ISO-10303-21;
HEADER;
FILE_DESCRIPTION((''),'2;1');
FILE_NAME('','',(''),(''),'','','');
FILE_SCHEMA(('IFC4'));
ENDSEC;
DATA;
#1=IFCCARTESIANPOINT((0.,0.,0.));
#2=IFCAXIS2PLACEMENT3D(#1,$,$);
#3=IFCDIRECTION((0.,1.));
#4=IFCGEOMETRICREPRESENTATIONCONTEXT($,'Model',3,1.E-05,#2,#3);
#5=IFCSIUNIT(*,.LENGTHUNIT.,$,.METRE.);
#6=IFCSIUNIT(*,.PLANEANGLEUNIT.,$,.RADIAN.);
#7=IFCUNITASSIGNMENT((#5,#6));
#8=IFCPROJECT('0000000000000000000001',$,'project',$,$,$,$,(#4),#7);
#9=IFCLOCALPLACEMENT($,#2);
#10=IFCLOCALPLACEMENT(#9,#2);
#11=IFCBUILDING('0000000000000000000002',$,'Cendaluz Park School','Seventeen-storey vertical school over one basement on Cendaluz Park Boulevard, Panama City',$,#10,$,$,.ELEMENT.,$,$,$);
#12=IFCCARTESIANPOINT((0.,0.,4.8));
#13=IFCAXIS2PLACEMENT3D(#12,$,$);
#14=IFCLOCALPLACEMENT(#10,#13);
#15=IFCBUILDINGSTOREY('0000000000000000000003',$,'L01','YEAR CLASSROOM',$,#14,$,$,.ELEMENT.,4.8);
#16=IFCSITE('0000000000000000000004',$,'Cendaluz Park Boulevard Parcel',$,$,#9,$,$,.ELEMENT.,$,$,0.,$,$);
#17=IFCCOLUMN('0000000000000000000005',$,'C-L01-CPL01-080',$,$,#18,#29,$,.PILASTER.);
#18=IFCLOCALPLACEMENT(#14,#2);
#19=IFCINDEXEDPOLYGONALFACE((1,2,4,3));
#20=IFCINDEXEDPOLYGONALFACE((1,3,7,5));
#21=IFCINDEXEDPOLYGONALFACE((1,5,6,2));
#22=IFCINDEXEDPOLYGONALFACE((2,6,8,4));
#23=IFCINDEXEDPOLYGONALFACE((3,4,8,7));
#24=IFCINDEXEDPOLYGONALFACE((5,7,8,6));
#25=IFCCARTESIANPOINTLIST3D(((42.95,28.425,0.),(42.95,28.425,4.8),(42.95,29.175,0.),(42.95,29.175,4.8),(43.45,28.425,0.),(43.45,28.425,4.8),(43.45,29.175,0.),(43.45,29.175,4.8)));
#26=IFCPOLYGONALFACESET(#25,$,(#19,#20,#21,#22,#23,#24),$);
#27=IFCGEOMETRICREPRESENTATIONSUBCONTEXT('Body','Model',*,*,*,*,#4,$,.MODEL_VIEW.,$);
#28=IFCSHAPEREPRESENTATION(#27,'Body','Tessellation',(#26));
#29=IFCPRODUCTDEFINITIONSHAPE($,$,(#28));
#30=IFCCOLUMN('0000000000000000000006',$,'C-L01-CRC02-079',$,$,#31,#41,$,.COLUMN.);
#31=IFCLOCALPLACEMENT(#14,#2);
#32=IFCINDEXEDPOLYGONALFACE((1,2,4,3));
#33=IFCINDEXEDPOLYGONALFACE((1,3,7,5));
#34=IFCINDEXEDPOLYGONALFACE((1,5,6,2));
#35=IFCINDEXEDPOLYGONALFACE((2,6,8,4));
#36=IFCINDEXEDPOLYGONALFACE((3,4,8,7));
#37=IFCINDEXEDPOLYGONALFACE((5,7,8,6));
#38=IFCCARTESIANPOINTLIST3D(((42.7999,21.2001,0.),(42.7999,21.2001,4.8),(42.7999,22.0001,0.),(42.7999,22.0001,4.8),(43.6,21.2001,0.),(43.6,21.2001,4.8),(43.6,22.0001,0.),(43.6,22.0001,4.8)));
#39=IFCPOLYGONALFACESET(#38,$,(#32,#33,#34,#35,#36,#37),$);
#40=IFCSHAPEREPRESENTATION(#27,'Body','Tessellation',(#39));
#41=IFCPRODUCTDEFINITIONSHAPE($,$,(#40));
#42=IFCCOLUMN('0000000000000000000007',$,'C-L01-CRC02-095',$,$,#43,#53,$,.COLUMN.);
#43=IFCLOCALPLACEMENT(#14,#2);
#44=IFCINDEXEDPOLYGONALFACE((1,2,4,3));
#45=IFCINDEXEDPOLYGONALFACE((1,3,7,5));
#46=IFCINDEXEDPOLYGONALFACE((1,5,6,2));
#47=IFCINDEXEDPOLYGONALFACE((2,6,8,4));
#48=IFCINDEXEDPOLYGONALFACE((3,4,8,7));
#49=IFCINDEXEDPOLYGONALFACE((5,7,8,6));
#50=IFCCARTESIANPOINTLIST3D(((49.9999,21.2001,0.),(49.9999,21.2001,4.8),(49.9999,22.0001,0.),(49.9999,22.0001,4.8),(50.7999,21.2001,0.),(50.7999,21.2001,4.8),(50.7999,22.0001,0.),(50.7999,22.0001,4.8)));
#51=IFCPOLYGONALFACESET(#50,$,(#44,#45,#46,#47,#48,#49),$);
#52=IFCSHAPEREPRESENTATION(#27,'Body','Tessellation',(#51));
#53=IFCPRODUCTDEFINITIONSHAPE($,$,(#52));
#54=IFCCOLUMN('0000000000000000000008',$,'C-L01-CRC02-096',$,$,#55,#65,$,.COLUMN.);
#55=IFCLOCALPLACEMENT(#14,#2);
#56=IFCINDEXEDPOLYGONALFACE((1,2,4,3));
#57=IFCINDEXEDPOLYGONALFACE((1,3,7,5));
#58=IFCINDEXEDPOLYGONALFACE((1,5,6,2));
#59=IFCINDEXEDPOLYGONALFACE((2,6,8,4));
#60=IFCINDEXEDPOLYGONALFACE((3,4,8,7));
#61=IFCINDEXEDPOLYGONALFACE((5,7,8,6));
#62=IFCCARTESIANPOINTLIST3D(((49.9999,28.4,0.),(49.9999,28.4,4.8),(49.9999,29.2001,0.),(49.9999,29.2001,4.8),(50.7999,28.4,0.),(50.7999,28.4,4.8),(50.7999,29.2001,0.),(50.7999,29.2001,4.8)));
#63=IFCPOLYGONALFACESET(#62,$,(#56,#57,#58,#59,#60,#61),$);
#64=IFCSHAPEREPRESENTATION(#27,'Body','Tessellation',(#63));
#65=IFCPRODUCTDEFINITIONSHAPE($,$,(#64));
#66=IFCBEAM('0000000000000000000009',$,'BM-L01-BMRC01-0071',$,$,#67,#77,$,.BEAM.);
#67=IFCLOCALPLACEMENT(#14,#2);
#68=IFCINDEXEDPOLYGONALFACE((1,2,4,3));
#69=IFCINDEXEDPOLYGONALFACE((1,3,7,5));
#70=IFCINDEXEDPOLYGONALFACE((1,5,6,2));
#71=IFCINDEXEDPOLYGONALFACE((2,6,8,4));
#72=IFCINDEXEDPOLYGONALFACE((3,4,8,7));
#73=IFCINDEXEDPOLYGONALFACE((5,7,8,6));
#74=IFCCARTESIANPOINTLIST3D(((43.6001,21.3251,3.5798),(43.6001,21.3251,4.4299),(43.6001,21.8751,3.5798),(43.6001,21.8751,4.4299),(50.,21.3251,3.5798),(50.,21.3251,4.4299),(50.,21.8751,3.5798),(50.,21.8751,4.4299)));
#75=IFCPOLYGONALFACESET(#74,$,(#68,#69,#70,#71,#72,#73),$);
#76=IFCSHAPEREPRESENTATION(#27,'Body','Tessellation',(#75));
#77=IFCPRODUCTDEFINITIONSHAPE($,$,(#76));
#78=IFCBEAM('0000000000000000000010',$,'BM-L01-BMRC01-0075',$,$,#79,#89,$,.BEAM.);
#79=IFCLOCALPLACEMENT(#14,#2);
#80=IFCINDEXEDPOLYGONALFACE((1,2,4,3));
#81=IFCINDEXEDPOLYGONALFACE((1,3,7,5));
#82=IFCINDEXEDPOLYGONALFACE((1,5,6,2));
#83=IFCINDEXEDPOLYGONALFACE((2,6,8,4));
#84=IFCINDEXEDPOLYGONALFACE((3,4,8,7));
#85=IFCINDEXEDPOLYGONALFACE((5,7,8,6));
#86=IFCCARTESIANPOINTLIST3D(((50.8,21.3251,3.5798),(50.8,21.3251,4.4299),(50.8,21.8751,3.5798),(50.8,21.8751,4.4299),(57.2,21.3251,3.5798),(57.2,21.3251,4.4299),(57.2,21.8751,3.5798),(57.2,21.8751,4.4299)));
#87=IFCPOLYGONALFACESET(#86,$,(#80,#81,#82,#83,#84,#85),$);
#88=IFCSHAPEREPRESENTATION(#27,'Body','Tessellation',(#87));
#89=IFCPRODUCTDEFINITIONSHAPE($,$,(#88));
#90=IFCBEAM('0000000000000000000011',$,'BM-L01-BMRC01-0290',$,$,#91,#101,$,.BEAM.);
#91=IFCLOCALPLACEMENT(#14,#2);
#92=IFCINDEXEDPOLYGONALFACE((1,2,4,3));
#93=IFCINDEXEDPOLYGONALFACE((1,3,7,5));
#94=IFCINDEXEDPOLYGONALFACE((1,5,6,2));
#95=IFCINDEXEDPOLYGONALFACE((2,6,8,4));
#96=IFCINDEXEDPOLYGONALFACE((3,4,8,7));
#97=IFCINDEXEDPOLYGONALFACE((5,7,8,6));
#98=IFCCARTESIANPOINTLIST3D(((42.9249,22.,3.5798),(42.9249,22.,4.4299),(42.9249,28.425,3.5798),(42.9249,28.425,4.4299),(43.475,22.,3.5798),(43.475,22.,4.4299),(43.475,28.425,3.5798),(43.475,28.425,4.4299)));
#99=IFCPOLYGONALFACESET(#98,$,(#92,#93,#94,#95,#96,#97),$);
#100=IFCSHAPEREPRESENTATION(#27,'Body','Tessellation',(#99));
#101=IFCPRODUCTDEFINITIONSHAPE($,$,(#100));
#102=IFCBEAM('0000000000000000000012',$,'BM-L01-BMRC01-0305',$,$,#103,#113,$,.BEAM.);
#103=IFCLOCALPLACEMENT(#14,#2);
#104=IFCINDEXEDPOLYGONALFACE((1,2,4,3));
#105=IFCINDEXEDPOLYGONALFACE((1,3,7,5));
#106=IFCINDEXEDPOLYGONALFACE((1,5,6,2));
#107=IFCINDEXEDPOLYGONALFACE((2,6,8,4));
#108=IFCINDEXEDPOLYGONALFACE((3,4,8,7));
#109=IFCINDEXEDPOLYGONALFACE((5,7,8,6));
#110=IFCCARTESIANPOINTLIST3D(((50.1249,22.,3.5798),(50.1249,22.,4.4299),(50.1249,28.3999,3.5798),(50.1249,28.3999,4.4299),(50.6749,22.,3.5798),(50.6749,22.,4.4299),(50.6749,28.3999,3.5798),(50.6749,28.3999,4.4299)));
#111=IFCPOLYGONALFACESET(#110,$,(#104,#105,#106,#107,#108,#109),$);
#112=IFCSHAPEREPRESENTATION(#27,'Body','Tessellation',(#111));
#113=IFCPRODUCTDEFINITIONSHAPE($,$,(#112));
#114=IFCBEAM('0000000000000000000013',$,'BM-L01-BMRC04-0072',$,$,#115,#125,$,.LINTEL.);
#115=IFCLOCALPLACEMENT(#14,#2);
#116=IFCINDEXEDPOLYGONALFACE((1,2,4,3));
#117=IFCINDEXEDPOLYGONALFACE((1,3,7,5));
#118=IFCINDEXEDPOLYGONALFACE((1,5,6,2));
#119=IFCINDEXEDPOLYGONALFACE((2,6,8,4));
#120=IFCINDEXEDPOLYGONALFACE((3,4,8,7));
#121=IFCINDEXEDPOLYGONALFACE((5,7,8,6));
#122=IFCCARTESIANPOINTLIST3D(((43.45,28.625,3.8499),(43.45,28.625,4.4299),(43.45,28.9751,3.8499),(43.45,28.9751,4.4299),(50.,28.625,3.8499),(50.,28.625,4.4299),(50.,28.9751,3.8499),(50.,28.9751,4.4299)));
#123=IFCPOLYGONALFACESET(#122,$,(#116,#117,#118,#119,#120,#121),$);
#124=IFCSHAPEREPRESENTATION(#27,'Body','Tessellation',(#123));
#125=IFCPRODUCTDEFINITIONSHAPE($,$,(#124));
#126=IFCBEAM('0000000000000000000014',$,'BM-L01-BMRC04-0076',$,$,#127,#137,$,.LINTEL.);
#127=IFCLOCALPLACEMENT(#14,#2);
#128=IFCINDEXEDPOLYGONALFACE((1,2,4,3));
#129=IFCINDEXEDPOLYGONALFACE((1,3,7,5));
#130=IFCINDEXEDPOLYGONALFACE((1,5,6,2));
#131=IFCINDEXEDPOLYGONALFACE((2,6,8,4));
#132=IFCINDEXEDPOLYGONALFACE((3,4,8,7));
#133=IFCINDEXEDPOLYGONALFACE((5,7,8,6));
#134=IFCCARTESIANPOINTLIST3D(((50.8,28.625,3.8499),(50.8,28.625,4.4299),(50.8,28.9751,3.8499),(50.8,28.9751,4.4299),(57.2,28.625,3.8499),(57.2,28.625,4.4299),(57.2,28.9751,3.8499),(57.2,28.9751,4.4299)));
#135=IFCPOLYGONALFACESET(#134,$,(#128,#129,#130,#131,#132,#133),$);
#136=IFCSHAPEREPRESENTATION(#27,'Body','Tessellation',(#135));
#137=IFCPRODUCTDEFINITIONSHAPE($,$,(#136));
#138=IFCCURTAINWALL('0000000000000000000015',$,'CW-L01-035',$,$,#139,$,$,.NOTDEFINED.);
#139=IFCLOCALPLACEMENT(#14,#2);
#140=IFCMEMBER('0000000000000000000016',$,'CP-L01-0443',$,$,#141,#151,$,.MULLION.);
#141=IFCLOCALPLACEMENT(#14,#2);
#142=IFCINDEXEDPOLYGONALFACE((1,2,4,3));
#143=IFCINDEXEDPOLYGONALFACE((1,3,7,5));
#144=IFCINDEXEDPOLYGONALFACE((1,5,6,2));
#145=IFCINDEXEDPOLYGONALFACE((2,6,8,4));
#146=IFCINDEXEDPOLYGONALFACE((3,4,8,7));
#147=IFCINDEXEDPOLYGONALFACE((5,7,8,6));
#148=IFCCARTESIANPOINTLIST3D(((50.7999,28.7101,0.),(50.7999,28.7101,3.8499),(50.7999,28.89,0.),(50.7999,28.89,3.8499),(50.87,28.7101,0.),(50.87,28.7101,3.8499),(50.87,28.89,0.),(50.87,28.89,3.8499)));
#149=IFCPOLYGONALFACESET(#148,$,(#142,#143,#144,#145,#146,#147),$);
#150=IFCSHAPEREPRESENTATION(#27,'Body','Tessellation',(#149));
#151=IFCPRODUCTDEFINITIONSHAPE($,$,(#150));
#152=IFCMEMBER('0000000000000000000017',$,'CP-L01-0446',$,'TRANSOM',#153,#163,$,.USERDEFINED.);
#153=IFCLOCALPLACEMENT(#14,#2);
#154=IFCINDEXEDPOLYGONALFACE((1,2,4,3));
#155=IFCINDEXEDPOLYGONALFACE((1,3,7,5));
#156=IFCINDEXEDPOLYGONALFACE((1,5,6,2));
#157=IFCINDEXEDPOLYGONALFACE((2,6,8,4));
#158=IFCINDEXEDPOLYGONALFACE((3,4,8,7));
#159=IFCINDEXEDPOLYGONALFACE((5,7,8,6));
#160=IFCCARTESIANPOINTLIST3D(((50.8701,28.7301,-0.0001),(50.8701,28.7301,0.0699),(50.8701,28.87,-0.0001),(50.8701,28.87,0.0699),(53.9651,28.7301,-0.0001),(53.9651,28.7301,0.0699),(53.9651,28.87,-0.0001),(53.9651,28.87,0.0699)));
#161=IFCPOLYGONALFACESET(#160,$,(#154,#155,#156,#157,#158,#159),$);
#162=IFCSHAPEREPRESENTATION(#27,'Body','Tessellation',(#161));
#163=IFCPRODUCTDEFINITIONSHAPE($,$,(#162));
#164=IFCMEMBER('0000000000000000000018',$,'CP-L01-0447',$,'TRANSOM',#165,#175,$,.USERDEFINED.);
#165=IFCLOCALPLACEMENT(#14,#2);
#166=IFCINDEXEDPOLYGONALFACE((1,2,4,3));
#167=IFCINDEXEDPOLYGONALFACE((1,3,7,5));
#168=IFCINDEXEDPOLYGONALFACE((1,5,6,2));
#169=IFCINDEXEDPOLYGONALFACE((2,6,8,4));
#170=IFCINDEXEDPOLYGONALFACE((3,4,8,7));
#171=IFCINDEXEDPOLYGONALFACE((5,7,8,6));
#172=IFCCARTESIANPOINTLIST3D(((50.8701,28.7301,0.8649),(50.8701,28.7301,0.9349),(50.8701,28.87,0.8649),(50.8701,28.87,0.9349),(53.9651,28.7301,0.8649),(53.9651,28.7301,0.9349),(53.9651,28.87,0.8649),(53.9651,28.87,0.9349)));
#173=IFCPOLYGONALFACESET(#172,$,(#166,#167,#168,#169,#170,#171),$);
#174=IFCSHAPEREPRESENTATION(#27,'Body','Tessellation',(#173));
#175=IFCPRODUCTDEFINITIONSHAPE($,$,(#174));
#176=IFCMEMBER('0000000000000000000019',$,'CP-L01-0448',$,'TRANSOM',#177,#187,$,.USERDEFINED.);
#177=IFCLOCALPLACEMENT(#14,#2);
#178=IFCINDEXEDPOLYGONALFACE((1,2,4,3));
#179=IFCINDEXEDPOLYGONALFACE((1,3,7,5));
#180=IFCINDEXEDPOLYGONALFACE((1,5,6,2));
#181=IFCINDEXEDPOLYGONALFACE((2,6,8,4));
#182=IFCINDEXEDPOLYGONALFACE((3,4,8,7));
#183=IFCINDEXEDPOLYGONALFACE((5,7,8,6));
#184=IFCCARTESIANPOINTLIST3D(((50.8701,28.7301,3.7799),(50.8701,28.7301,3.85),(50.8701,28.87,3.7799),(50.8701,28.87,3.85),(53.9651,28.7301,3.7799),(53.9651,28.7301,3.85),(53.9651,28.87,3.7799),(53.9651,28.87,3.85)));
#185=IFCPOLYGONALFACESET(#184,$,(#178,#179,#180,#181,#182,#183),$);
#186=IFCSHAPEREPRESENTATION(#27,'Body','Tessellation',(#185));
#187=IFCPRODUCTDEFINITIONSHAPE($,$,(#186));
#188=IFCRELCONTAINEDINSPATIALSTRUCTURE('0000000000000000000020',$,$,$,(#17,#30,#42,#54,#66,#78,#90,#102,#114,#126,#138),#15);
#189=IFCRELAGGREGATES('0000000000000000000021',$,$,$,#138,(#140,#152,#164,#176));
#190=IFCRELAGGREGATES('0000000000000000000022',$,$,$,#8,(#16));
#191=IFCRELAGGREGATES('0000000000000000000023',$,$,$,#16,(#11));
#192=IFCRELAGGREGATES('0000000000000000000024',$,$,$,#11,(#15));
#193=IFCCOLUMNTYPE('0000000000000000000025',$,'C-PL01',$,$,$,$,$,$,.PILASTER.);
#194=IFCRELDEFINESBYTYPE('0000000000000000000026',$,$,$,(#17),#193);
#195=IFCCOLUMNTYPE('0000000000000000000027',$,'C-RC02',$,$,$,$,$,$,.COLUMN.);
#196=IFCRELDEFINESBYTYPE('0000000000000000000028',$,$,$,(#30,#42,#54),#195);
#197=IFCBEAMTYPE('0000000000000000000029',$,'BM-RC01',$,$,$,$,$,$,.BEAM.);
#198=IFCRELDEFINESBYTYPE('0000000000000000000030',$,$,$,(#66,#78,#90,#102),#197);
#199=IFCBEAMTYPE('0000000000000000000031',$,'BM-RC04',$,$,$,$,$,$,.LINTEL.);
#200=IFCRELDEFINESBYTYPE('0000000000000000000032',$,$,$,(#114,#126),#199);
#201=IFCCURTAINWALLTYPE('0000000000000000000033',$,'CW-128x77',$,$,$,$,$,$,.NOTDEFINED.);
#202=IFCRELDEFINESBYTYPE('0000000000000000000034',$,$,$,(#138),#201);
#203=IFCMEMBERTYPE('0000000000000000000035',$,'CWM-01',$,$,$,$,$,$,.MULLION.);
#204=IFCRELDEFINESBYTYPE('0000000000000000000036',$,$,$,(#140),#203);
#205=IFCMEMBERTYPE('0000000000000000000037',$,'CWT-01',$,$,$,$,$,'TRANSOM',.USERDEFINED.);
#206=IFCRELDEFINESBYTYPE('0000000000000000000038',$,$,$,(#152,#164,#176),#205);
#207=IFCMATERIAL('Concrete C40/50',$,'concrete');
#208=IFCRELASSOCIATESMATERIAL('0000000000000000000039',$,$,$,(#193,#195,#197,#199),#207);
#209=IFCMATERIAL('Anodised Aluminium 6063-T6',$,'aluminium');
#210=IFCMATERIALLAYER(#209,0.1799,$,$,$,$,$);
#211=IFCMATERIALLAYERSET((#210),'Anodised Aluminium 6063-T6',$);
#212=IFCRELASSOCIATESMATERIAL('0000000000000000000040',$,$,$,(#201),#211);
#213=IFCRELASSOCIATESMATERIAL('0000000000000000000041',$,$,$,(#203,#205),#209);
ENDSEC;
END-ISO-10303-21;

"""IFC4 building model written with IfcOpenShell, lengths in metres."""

from ifc_helpers import new_model, si_unit, direction, frame, origin, origin_2d, place, context, subcontext, project, spatial, rectangle, extrude, material, layer, layer_set, material_profile, profile_set, type_object, element, aggregate, save


model = new_model("IFC4")

# Units and contexts
model_context = context("Model", 3, precision=1e-05, world=origin(), true_north=direction((0.0, 1.0)))
body_context = subcontext(model_context, "Body", "Model", "MODEL_VIEW")
ifc_project = project(units=[si_unit("LENGTHUNIT", "METRE"), si_unit("PLANEANGLEUNIT", "RADIAN")], contexts=[model_context])

# Site, building, storey
site_placement = place(None, origin())
site = spatial("IfcSite", under=ifc_project, at=site_placement, Name="Cendaluz Park Boulevard Parcel", CompositionType="ELEMENT", RefElevation=0.0)
building_placement = place(site_placement, origin())
building = spatial("IfcBuilding", under=site, at=building_placement, Name="Cendaluz Park School", Description="Seventeen-storey vertical school over one basement on Cendaluz Park Boulevard, Panama City", CompositionType="ELEMENT")
storey_placement = place(building_placement, frame((0.0, 0.0, 4.8)))
storey = spatial("IfcBuildingStorey", under=building, at=storey_placement, Name="L01", Description="YEAR CLASSROOM", CompositionType="ELEMENT", Elevation=4.8)

# Columns
ifc_material_1 = material(Name="Concrete C40/50", Category="concrete")
ifc_material_profile_1 = material_profile(ifc_material_1, rectangle(XDim=0.5, YDim=0.75, at=origin_2d()), Name="RC 500x750", Category="concrete")
ifc_profile_set_1 = profile_set([ifc_material_profile_1], Name="Concrete C40/50")
column_type_1 = type_object("IfcColumnType", Name="C-PL01", PredefinedType="PILASTER", material=ifc_profile_set_1)
column_placement = place(storey_placement, frame((43.2, 28.8, 0.0), z_axis=(0.0, 0.0, 1.0), x_axis=(1.0, 0.0, 0.0)))
element("IfcColumn", 1, at=column_placement, inside=storey, type_object=column_type_1, Name="C-L01-CPL01-080", PredefinedType="PILASTER", context=body_context, shape_type="SweptSolid", body=[
    extrude(rectangle(XDim=0.5, YDim=0.75, at=origin_2d()), origin(), (0.0, 0.0, 1.0), 4.8),
])
ifc_material_profile_2 = material_profile(ifc_material_1, rectangle(XDim=0.8, YDim=0.8, at=origin_2d()), Name="RC 800x800", Category="concrete")
ifc_profile_set_2 = profile_set([ifc_material_profile_2], Name="Concrete C40/50")
column_type_2 = type_object("IfcColumnType", Name="C-RC02", PredefinedType="COLUMN", material=ifc_profile_set_2)
for number, where, z_axis, x_axis, name in (
    (2, (43.2, 21.6001, 0.0), (0.0, 0.0, 1.0), (1.0, 0.0, 0.0), "C-L01-CRC02-079"),
    (3, (50.3999, 21.6001, 0.0), (0.0, 0.0, 1.0), (1.0, 0.0, 0.0), "C-L01-CRC02-095"),
    (4, (50.3999, 28.8, 0.0), (0.0, 0.0, 1.0), (1.0, 0.0, 0.0), "C-L01-CRC02-096"),
):
    element("IfcColumn", number, at=place(storey_placement, frame(where, z_axis=z_axis, x_axis=x_axis)), inside=storey, type_object=column_type_2, Name=name, PredefinedType="COLUMN", context=body_context, shape_type="SweptSolid", body=[
        extrude(rectangle(XDim=0.8, YDim=0.8, at=origin_2d()), origin(), (0.0, 0.0, 1.0), 4.8),
    ])

# Beams
ifc_material_profile_3 = material_profile(ifc_material_1, rectangle(XDim=0.55, YDim=0.8501, at=origin_2d()), Name="RC 550x850", Category="concrete")
ifc_profile_set_3 = profile_set([ifc_material_profile_3], Name="Concrete C40/50")
beam_type_1 = type_object("IfcBeamType", Name="BM-RC01", PredefinedType="BEAM", material=ifc_profile_set_3)
for number, where, z_axis, x_axis, name in (
    (5, (43.6001, 21.6001, 4.0049), (1.0, 0.0, 0.0), (0.0, 1.0, 0.0), "BM-L01-BMRC01-0071"),
    (6, (50.8, 21.6001, 4.0049), (1.0, 0.0, 0.0), (0.0, 1.0, 0.0), "BM-L01-BMRC01-0075"),
):
    element("IfcBeam", number, at=place(storey_placement, frame(where, z_axis=z_axis, x_axis=x_axis)), inside=storey, type_object=beam_type_1, Name=name, PredefinedType="BEAM", context=body_context, shape_type="SweptSolid", body=[
        extrude(rectangle(XDim=0.55, YDim=0.8501, at=origin_2d()), origin(), (0.0, 0.0, 1.0), 6.3999),
    ])
beam_1_placement = place(storey_placement, frame((43.2, 22.0, 4.0049), z_axis=(0.0, 1.0, 0.0), x_axis=(-1.0, 0.0, 0.0)))
element("IfcBeam", 7, at=beam_1_placement, inside=storey, type_object=beam_type_1, Name="BM-L01-BMRC01-0290", PredefinedType="BEAM", context=body_context, shape_type="SweptSolid", body=[
    extrude(rectangle(XDim=0.55, YDim=0.8501, at=origin_2d()), origin(), (0.0, 0.0, 1.0), 6.425),
])
beam_2_placement = place(storey_placement, frame((50.3999, 22.0, 4.0049), z_axis=(0.0, 1.0, 0.0), x_axis=(-1.0, 0.0, 0.0)))
element("IfcBeam", 8, at=beam_2_placement, inside=storey, type_object=beam_type_1, Name="BM-L01-BMRC01-0305", PredefinedType="BEAM", context=body_context, shape_type="SweptSolid", body=[
    extrude(rectangle(XDim=0.55, YDim=0.8501, at=origin_2d()), origin(), (0.0, 0.0, 1.0), 6.3999),
])
ifc_material_profile_4 = material_profile(ifc_material_1, rectangle(XDim=0.3501, YDim=0.5801, at=origin_2d()), Name="RC 350x580", Category="concrete")
ifc_profile_set_4 = profile_set([ifc_material_profile_4], Name="Concrete C40/50")
beam_type_2 = type_object("IfcBeamType", Name="BM-RC04", PredefinedType="LINTEL", material=ifc_profile_set_4)
beam_3_placement = place(storey_placement, frame((43.45, 28.8, 4.1399), z_axis=(1.0, 0.0, 0.0), x_axis=(0.0, 1.0, 0.0)))
element("IfcBeam", 9, at=beam_3_placement, inside=storey, type_object=beam_type_2, Name="BM-L01-BMRC04-0072", PredefinedType="LINTEL", context=body_context, shape_type="SweptSolid", body=[
    extrude(rectangle(XDim=0.3501, YDim=0.5801, at=origin_2d()), origin(), (0.0, 0.0, 1.0), 6.55),
])
beam_4_placement = place(storey_placement, frame((50.8, 28.8, 4.1399), z_axis=(1.0, 0.0, 0.0), x_axis=(0.0, 1.0, 0.0)))
element("IfcBeam", 10, at=beam_4_placement, inside=storey, type_object=beam_type_2, Name="BM-L01-BMRC04-0076", PredefinedType="LINTEL", context=body_context, shape_type="SweptSolid", body=[
    extrude(rectangle(XDim=0.3501, YDim=0.5801, at=origin_2d()), origin(), (0.0, 0.0, 1.0), 6.3999),
])

# Curtain wall, members
ifc_material_2 = material(Name="Anodised Aluminium 6063-T6", Category="aluminium")
ifc_layer_1 = layer(ifc_material_2, 0.1799)
ifc_layer_set_1 = layer_set([ifc_layer_1], Name="Anodised Aluminium 6063-T6")
curtain_wall_type = type_object("IfcCurtainWallType", Name="CW-128x77", PredefinedType="NOTDEFINED", material=ifc_layer_set_1)
curtain_wall_placement = place(storey_placement, origin())
curtain_wall = element("IfcCurtainWall", 11, at=curtain_wall_placement, inside=storey, type_object=curtain_wall_type, Name="CW-L01-035", PredefinedType="NOTDEFINED")
ifc_material_profile_5 = material_profile(ifc_material_2, rectangle(XDim=0.1799, YDim=0.0701, at=origin_2d()), Name="CWM 180x70", Category="aluminium")
ifc_profile_set_5 = profile_set([ifc_material_profile_5], Name="Anodised Aluminium 6063-T6")
member_type_1 = type_object("IfcMemberType", Name="CWM-01", PredefinedType="MULLION", material=ifc_profile_set_5)
member_1_placement = place(storey_placement, frame((50.835, 28.8, 0.0), z_axis=(0.0, 0.0, 1.0), x_axis=(0.0, 1.0, 0.0)))
member_1 = element("IfcMember", 12, at=member_1_placement, type_object=member_type_1, Name="CP-L01-0443", PredefinedType="MULLION", context=body_context, shape_type="SweptSolid", body=[
    extrude(rectangle(XDim=0.1799, YDim=0.0701, at=origin_2d()), origin(), (0.0, 0.0, 1.0), 3.8499),
])
ifc_material_profile_6 = material_profile(ifc_material_2, rectangle(XDim=0.1399, YDim=0.0701, at=origin_2d()), Name="CWT 140x70", Category="aluminium")
ifc_profile_set_6 = profile_set([ifc_material_profile_6], Name="Anodised Aluminium 6063-T6")
member_type_2 = type_object("IfcMemberType", Name="CWT-01", ElementType="TRANSOM", PredefinedType="USERDEFINED", material=ifc_profile_set_6)
member_2_placement = place(storey_placement, frame((50.8701, 28.8, 0.0349), z_axis=(1.0, 0.0, 0.0), x_axis=(0.0, 1.0, 0.0)))
member_2 = element("IfcMember", 13, at=member_2_placement, type_object=member_type_2, Name="CP-L01-0446", ObjectType="TRANSOM", PredefinedType="USERDEFINED", context=body_context, shape_type="SweptSolid", body=[
    extrude(rectangle(XDim=0.1399, YDim=0.0701, at=origin_2d()), origin(), (0.0, 0.0, 1.0), 3.095),
])
member_3_placement = place(storey_placement, frame((50.8701, 28.8, 0.8999), z_axis=(1.0, 0.0, 0.0), x_axis=(0.0, 1.0, 0.0)))
member_3 = element("IfcMember", 14, at=member_3_placement, type_object=member_type_2, Name="CP-L01-0447", ObjectType="TRANSOM", PredefinedType="USERDEFINED", context=body_context, shape_type="SweptSolid", body=[
    extrude(rectangle(XDim=0.1399, YDim=0.0701, at=origin_2d()), origin(), (0.0, 0.0, 1.0), 3.095),
])
member_4_placement = place(storey_placement, frame((50.8701, 28.8, 3.8149), z_axis=(1.0, 0.0, 0.0), x_axis=(0.0, 1.0, 0.0)))
member_4 = element("IfcMember", 15, at=member_4_placement, type_object=member_type_2, Name="CP-L01-0448", ObjectType="TRANSOM", PredefinedType="USERDEFINED", context=body_context, shape_type="SweptSolid", body=[
    extrude(rectangle(XDim=0.1399, YDim=0.0701, at=origin_2d()), origin(), (0.0, 0.0, 1.0), 3.095),
])

aggregate(curtain_wall, [member_1, member_2, member_3, member_4])

save(model, "model.ifc")
